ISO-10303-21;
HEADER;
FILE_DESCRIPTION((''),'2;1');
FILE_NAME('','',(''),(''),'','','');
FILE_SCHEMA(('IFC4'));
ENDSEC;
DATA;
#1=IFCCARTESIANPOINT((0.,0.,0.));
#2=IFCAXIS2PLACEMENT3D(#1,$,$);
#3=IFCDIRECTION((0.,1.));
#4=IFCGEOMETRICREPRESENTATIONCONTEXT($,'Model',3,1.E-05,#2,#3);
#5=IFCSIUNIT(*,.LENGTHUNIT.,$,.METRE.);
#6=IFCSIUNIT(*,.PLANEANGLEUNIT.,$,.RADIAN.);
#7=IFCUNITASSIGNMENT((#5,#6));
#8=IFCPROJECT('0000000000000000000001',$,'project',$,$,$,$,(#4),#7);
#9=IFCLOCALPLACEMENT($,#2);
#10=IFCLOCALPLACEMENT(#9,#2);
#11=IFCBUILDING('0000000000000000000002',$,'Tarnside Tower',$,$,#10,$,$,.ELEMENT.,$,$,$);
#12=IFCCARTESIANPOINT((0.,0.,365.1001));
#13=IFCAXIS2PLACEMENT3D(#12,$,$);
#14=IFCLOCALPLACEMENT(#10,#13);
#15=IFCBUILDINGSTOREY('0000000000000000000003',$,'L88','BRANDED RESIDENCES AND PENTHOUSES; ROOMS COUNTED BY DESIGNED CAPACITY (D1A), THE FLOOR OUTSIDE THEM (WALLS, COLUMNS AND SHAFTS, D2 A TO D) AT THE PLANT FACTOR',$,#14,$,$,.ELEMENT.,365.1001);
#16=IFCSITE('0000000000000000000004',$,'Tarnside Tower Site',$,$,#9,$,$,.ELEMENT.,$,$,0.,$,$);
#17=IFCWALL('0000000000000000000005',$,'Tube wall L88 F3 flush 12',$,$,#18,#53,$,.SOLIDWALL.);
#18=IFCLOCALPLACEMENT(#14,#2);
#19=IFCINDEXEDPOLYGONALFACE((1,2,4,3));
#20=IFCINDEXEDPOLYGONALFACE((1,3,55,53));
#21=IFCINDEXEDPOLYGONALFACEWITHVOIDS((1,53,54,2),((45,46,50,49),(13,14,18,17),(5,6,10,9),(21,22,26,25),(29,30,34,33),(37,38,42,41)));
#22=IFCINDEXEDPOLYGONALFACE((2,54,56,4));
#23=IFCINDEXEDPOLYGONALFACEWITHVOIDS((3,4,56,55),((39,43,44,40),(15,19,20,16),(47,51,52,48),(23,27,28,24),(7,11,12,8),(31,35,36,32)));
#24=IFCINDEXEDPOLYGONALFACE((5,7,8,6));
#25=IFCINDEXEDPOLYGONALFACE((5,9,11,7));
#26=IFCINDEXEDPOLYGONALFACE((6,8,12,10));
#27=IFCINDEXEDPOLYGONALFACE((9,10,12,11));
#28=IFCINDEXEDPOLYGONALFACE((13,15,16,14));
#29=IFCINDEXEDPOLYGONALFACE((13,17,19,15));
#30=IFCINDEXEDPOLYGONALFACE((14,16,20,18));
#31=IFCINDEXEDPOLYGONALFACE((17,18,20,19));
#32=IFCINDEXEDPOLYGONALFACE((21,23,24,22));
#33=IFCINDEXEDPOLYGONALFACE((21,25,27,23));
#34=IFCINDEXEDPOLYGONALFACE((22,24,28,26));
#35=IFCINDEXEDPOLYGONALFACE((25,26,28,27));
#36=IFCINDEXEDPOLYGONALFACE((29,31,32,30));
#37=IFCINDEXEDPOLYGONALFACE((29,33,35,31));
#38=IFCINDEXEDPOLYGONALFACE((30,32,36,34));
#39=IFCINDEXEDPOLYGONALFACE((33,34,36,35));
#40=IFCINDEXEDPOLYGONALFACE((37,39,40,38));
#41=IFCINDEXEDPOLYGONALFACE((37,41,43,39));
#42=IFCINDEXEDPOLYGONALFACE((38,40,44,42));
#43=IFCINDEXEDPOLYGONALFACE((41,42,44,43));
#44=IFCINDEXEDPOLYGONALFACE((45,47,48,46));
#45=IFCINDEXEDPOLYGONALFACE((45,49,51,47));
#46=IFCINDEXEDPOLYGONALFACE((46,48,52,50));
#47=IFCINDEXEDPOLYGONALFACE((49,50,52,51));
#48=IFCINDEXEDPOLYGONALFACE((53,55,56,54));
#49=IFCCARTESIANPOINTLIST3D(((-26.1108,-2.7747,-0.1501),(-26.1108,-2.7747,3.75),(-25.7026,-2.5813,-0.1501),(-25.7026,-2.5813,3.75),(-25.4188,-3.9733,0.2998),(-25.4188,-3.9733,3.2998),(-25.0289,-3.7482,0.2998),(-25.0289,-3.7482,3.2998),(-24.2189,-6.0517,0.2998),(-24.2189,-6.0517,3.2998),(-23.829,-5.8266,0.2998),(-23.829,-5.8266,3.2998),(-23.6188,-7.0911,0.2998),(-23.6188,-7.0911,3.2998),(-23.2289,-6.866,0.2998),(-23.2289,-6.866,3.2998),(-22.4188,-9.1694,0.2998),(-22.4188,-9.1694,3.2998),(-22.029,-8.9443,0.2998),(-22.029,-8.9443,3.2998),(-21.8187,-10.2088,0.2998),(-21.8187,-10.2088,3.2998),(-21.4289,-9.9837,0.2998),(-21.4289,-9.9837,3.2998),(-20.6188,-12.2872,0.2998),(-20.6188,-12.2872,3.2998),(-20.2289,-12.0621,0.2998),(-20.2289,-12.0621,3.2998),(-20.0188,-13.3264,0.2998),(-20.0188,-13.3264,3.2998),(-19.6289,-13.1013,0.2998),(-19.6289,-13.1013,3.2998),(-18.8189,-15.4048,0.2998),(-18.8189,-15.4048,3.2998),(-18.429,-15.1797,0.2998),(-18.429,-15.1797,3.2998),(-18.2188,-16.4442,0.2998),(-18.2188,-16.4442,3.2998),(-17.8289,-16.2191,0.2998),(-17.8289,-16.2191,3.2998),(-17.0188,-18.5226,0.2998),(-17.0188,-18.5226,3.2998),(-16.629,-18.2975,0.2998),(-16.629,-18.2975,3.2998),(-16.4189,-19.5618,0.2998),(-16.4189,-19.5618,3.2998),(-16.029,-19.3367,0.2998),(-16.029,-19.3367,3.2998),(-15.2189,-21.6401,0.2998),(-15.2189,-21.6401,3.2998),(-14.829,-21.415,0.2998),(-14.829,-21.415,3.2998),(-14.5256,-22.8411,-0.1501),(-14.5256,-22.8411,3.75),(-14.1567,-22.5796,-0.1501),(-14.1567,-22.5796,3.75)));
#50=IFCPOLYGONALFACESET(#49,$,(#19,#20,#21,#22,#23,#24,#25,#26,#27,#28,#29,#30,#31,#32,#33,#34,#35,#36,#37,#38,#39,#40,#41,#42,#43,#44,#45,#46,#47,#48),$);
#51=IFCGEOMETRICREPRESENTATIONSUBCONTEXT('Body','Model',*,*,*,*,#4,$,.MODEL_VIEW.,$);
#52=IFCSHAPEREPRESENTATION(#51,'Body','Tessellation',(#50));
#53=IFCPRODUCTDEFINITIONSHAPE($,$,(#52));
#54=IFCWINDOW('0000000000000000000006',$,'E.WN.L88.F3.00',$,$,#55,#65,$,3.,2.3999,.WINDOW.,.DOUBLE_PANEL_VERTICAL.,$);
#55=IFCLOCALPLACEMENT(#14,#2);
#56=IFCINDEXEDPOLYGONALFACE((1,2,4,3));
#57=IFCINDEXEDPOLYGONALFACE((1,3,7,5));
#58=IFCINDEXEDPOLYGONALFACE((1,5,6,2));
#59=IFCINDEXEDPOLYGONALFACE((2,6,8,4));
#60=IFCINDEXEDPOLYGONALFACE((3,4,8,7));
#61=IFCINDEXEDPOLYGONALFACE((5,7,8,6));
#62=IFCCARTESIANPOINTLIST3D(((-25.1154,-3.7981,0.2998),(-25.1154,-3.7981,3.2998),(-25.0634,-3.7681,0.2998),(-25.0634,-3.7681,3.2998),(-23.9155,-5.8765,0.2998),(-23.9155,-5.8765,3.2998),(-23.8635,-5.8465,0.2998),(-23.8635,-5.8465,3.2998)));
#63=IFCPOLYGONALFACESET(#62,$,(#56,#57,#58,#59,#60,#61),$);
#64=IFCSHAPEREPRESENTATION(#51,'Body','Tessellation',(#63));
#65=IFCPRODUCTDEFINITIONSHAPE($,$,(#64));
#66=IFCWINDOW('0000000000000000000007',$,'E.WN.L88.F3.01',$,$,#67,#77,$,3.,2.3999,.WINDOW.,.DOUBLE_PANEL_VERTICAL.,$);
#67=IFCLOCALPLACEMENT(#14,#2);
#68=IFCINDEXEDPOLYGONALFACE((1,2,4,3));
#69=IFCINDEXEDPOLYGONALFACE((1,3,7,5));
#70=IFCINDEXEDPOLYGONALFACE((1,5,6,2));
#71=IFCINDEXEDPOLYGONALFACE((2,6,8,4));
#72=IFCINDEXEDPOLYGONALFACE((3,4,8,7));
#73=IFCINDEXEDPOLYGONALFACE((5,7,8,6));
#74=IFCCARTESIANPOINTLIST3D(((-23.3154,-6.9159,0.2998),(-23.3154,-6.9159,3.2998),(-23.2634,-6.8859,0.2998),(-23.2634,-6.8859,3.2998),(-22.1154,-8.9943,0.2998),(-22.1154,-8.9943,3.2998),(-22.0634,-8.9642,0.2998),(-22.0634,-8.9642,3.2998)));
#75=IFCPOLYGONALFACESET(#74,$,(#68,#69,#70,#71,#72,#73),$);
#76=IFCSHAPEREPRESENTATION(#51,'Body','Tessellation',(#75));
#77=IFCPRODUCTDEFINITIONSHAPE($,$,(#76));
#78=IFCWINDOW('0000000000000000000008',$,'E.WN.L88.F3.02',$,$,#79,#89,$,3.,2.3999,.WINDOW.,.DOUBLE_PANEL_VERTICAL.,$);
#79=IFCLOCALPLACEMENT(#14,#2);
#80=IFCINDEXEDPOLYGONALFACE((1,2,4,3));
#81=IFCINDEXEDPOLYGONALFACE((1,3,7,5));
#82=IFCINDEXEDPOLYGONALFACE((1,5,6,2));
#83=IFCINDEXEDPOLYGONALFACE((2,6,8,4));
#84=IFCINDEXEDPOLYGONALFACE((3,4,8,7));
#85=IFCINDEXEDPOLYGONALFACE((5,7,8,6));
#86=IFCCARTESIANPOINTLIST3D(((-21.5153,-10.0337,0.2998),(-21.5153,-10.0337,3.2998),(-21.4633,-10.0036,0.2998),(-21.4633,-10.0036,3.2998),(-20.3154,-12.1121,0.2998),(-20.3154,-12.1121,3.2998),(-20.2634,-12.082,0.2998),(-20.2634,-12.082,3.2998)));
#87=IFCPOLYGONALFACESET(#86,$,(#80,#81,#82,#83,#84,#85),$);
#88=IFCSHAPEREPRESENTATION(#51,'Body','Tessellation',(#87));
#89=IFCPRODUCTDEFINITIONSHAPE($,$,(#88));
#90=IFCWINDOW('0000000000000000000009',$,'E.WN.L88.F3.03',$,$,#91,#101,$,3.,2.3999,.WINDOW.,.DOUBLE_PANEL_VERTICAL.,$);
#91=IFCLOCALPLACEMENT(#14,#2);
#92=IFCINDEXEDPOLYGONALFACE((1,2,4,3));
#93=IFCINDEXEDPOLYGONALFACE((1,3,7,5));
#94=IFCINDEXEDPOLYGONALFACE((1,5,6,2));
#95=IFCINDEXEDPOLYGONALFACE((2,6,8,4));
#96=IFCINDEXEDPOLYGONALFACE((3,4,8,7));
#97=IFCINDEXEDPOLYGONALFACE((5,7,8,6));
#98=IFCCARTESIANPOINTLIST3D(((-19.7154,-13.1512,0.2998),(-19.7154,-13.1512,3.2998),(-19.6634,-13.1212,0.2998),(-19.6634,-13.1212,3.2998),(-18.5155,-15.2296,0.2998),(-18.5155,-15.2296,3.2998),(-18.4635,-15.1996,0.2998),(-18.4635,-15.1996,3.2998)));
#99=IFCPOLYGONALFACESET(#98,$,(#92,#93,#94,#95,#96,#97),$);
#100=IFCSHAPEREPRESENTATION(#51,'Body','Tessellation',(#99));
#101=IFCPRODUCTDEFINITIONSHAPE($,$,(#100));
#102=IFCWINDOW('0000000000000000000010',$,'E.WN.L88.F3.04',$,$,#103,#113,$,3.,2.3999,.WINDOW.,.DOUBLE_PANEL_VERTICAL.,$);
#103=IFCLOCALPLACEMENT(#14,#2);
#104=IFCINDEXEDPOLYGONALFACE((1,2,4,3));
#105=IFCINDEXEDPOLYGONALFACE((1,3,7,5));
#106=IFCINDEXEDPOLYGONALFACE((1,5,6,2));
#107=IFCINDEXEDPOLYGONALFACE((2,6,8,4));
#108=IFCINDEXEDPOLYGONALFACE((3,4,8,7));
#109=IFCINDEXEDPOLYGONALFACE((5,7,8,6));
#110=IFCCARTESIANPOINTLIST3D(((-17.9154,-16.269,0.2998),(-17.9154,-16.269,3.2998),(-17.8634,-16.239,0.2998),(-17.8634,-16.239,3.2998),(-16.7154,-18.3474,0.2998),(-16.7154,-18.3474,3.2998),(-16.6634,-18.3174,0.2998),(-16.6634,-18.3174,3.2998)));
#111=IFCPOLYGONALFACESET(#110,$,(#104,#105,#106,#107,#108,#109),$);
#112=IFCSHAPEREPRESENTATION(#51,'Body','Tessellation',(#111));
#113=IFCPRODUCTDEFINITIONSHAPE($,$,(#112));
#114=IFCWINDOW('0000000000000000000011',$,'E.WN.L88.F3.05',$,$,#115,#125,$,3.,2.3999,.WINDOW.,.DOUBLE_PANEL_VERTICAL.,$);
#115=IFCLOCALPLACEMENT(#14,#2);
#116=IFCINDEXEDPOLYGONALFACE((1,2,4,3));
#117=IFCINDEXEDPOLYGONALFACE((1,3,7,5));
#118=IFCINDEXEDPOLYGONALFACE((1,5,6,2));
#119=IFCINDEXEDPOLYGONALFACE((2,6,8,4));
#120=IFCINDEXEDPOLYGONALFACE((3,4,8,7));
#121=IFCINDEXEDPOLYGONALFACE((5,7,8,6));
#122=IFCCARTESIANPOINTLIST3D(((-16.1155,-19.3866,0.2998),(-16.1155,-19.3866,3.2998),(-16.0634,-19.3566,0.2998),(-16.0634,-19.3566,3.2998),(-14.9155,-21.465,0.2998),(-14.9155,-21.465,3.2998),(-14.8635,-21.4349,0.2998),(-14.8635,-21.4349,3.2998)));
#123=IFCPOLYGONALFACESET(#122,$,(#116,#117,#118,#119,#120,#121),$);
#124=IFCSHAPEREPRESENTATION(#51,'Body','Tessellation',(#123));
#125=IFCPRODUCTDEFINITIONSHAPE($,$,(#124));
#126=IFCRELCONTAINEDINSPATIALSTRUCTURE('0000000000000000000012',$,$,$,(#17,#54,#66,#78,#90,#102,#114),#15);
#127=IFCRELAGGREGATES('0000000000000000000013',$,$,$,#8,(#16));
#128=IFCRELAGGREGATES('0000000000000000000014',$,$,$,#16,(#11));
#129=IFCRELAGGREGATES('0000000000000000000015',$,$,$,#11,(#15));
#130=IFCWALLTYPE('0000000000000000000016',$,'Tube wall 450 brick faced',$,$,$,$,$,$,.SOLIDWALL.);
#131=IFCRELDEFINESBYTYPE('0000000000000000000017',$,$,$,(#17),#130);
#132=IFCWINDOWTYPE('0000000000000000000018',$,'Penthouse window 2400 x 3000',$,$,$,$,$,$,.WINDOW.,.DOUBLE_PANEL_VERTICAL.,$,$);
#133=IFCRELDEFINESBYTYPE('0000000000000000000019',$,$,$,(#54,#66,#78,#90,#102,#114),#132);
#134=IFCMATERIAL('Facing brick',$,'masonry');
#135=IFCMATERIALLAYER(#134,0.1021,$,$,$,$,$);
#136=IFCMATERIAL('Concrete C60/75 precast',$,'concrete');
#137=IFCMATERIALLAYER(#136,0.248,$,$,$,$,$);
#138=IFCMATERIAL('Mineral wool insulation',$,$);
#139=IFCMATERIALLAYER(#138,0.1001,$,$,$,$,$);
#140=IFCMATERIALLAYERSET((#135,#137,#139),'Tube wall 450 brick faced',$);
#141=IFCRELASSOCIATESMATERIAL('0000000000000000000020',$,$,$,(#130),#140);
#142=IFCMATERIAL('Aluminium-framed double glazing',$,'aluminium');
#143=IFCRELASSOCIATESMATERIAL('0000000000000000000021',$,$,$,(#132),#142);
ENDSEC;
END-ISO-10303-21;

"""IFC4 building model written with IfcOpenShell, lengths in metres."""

from ifc_helpers import new_model, si_unit, direction, frame, frame_2d, origin, place, context, subcontext, project, spatial, polyline, rectangle, outline, extrude, material, layer, layer_set, type_object, element, fill, save


model = new_model("IFC4")

# Units and contexts
model_context = context("Model", 3, precision=1e-05, world=origin(), true_north=direction((0.0, 1.0)))
body_context = subcontext(model_context, "Body", "Model", "MODEL_VIEW")
ifc_project = project(units=[si_unit("LENGTHUNIT", "METRE"), si_unit("PLANEANGLEUNIT", "RADIAN")], contexts=[model_context])

# Site, building, storey
site_placement = place(None, origin())
site = spatial("IfcSite", under=ifc_project, at=site_placement, Name="Tarnside Tower Site", CompositionType="ELEMENT", RefElevation=0.0)
building_placement = place(site_placement, origin())
building = spatial("IfcBuilding", under=site, at=building_placement, Name="Tarnside Tower", CompositionType="ELEMENT")
storey_placement = place(building_placement, frame((0.0, 0.0, 365.1001)))
storey = spatial("IfcBuildingStorey", under=building, at=storey_placement, Name="L88", Description="BRANDED RESIDENCES AND PENTHOUSES; ROOMS COUNTED BY DESIGNED CAPACITY (D1A), THE FLOOR OUTSIDE THEM (WALLS, COLUMNS AND SHAFTS, D2 A TO D) AT THE PLANT FACTOR", CompositionType="ELEMENT", Elevation=365.1001)

# Shared definitions
ifc_material_1 = material(Name="Facing brick", Category="masonry")
ifc_layer_1 = layer(ifc_material_1, 0.1021)
ifc_material_2 = material(Name="Concrete C60/75 precast", Category="concrete")
ifc_layer_2 = layer(ifc_material_2, 0.248)
ifc_material_3 = material(Name="Mineral wool insulation")
ifc_layer_3 = layer(ifc_material_3, 0.1001)
ifc_layer_set_1 = layer_set([ifc_layer_1, ifc_layer_2, ifc_layer_3], Name="Tube wall 450 brick faced")
wall_type_1 = type_object("IfcWallType", Name="Tube wall 450 brick faced", PredefinedType="SOLIDWALL", material=ifc_layer_set_1)

# Wall, openings, windows
wall_1_placement = place(storey_placement, frame((-25.9067, -2.678, -0.1501), z_axis=(0.0, 0.0, 1.0), x_axis=(0.499997, -0.866027, 0.0)))
wall_1 = element("IfcWall", 1, at=wall_1_placement, inside=storey, type_object=wall_type_1, Name="Tube wall L88 F3 flush 12", PredefinedType="SOLIDWALL", context=body_context, shape_type="SweptSolid", body=[
    extrude(outline(polyline([(-0.0183, -0.2251), (23.1523, -0.2251), (23.1104, 0.2251), (0.0183, 0.2251), (-0.0183, -0.2251)])), origin(), (0.0, 0.0, 1.0), 3.9001),
])
opening_1_placement = place(wall_1_placement, frame((1.3657, 0.0, 0.45)))
opening_1 = element("IfcOpeningElement", 2, at=opening_1_placement, cuts=wall_1, PredefinedType="OPENING", context=body_context, shape_type="SweptSolid", body=[
    extrude(rectangle(XDim=2.3999, YDim=3.0, at=frame_2d((1.2, 1.5))), frame((0.0, 0.2349, 0.0), z_axis=(0.0, -1.0, 0.0), x_axis=(1.0, 0.0, 0.0)), (0.0, 0.0, 1.0), 0.47),
])
opening_2_placement = place(wall_1_placement, frame((4.9658, 0.0, 0.45)))
opening_2 = element("IfcOpeningElement", 3, at=opening_2_placement, cuts=wall_1, PredefinedType="OPENING", context=body_context, shape_type="SweptSolid", body=[
    extrude(rectangle(XDim=2.3999, YDim=3.0, at=frame_2d((1.2, 1.5))), frame((0.0, 0.2349, 0.0), z_axis=(0.0, -1.0, 0.0), x_axis=(1.0, 0.0, 0.0)), (0.0, 0.0, 1.0), 0.47),
])
opening_3_placement = place(wall_1_placement, frame((8.5659, 0.0, 0.45)))
opening_3 = element("IfcOpeningElement", 4, at=opening_3_placement, cuts=wall_1, PredefinedType="OPENING", context=body_context, shape_type="SweptSolid", body=[
    extrude(rectangle(XDim=2.3999, YDim=3.0, at=frame_2d((1.2, 1.5))), frame((0.0, 0.2349, 0.0), z_axis=(0.0, -1.0, 0.0), x_axis=(1.0, 0.0, 0.0)), (0.0, 0.0, 1.0), 0.47),
])
opening_4_placement = place(wall_1_placement, frame((12.1658, 0.0, 0.45)))
opening_4 = element("IfcOpeningElement", 5, at=opening_4_placement, cuts=wall_1, PredefinedType="OPENING", context=body_context, shape_type="SweptSolid", body=[
    extrude(rectangle(XDim=2.3999, YDim=3.0, at=frame_2d((1.2, 1.5))), frame((0.0, 0.2349, 0.0), z_axis=(0.0, -1.0, 0.0), x_axis=(1.0, 0.0, 0.0)), (0.0, 0.0, 1.0), 0.47),
])
opening_5_placement = place(wall_1_placement, frame((15.7659, 0.0, 0.45)))
opening_5 = element("IfcOpeningElement", 6, at=opening_5_placement, cuts=wall_1, PredefinedType="OPENING", context=body_context, shape_type="SweptSolid", body=[
    extrude(rectangle(XDim=2.3999, YDim=3.0, at=frame_2d((1.2, 1.5))), frame((0.0, 0.2349, 0.0), z_axis=(0.0, -1.0, 0.0), x_axis=(1.0, 0.0, 0.0)), (0.0, 0.0, 1.0), 0.47),
])
opening_6_placement = place(wall_1_placement, frame((19.3657, 0.0, 0.45)))
opening_6 = element("IfcOpeningElement", 7, at=opening_6_placement, cuts=wall_1, PredefinedType="OPENING", context=body_context, shape_type="SweptSolid", body=[
    extrude(rectangle(XDim=2.3999, YDim=3.0, at=frame_2d((1.2, 1.5))), frame((0.0, 0.2349, 0.0), z_axis=(0.0, -1.0, 0.0), x_axis=(1.0, 0.0, 0.0)), (0.0, 0.0, 1.0), 0.47),
])
ifc_material_4 = material(Name="Aluminium-framed double glazing", Category="aluminium")
window_type = type_object("IfcWindowType", Name="Penthouse window 2400 x 3000", PartitioningType="DOUBLE_PANEL_VERTICAL", PredefinedType="WINDOW", material=ifc_material_4)
window_1_placement = place(opening_1_placement, frame((0.0, 0.1553, 0.0)))
window_1 = element("IfcWindow", 8, at=window_1_placement, inside=storey, type_object=window_type, Name="E.WN.L88.F3.00", OverallHeight=3.0, OverallWidth=2.3999, PartitioningType="DOUBLE_PANEL_VERTICAL", PredefinedType="WINDOW", context=body_context, shape_type="SweptSolid", body=[
    extrude(rectangle(XDim=2.3999, YDim=3.0, at=frame_2d((1.2, 1.5))), frame((0.0, 0.03, 0.0), z_axis=(0.0, -1.0, 0.0), x_axis=(1.0, 0.0, 0.0)), (0.0, 0.0, 1.0), 0.0601),
])
fill(opening_1, window_1)
window_2_placement = place(opening_2_placement, frame((0.0, 0.1553, 0.0)))
window_2 = element("IfcWindow", 9, at=window_2_placement, inside=storey, type_object=window_type, Name="E.WN.L88.F3.01", OverallHeight=3.0, OverallWidth=2.3999, PartitioningType="DOUBLE_PANEL_VERTICAL", PredefinedType="WINDOW", context=body_context, shape_type="SweptSolid", body=[
    extrude(rectangle(XDim=2.3999, YDim=3.0, at=frame_2d((1.2, 1.5))), frame((0.0, 0.03, 0.0), z_axis=(0.0, -1.0, 0.0), x_axis=(1.0, 0.0, 0.0)), (0.0, 0.0, 1.0), 0.0601),
])
fill(opening_2, window_2)
window_3_placement = place(opening_3_placement, frame((0.0, 0.1553, 0.0)))
window_3 = element("IfcWindow", 10, at=window_3_placement, inside=storey, type_object=window_type, Name="E.WN.L88.F3.02", OverallHeight=3.0, OverallWidth=2.3999, PartitioningType="DOUBLE_PANEL_VERTICAL", PredefinedType="WINDOW", context=body_context, shape_type="SweptSolid", body=[
    extrude(rectangle(XDim=2.3999, YDim=3.0, at=frame_2d((1.2, 1.5))), frame((0.0, 0.03, 0.0), z_axis=(0.0, -1.0, 0.0), x_axis=(1.0, 0.0, 0.0)), (0.0, 0.0, 1.0), 0.0601),
])
fill(opening_3, window_3)
window_4_placement = place(opening_4_placement, frame((0.0, 0.1553, 0.0)))
window_4 = element("IfcWindow", 11, at=window_4_placement, inside=storey, type_object=window_type, Name="E.WN.L88.F3.03", OverallHeight=3.0, OverallWidth=2.3999, PartitioningType="DOUBLE_PANEL_VERTICAL", PredefinedType="WINDOW", context=body_context, shape_type="SweptSolid", body=[
    extrude(rectangle(XDim=2.3999, YDim=3.0, at=frame_2d((1.2, 1.5))), frame((0.0, 0.03, 0.0), z_axis=(0.0, -1.0, 0.0), x_axis=(1.0, 0.0, 0.0)), (0.0, 0.0, 1.0), 0.0601),
])
fill(opening_4, window_4)
window_5_placement = place(opening_5_placement, frame((0.0, 0.1553, 0.0)))
window_5 = element("IfcWindow", 12, at=window_5_placement, inside=storey, type_object=window_type, Name="E.WN.L88.F3.04", OverallHeight=3.0, OverallWidth=2.3999, PartitioningType="DOUBLE_PANEL_VERTICAL", PredefinedType="WINDOW", context=body_context, shape_type="SweptSolid", body=[
    extrude(rectangle(XDim=2.3999, YDim=3.0, at=frame_2d((1.2, 1.5))), frame((0.0, 0.03, 0.0), z_axis=(0.0, -1.0, 0.0), x_axis=(1.0, 0.0, 0.0)), (0.0, 0.0, 1.0), 0.0601),
])
fill(opening_5, window_5)
window_6_placement = place(opening_6_placement, frame((0.0, 0.1553, 0.0)))
window_6 = element("IfcWindow", 13, at=window_6_placement, inside=storey, type_object=window_type, Name="E.WN.L88.F3.05", OverallHeight=3.0, OverallWidth=2.3999, PartitioningType="DOUBLE_PANEL_VERTICAL", PredefinedType="WINDOW", context=body_context, shape_type="SweptSolid", body=[
    extrude(rectangle(XDim=2.3999, YDim=3.0, at=frame_2d((1.2, 1.5))), frame((0.0, 0.03, 0.0), z_axis=(0.0, -1.0, 0.0), x_axis=(1.0, 0.0, 0.0)), (0.0, 0.0, 1.0), 0.0601),
])
fill(opening_6, window_6)

save(model, "model.ifc")
